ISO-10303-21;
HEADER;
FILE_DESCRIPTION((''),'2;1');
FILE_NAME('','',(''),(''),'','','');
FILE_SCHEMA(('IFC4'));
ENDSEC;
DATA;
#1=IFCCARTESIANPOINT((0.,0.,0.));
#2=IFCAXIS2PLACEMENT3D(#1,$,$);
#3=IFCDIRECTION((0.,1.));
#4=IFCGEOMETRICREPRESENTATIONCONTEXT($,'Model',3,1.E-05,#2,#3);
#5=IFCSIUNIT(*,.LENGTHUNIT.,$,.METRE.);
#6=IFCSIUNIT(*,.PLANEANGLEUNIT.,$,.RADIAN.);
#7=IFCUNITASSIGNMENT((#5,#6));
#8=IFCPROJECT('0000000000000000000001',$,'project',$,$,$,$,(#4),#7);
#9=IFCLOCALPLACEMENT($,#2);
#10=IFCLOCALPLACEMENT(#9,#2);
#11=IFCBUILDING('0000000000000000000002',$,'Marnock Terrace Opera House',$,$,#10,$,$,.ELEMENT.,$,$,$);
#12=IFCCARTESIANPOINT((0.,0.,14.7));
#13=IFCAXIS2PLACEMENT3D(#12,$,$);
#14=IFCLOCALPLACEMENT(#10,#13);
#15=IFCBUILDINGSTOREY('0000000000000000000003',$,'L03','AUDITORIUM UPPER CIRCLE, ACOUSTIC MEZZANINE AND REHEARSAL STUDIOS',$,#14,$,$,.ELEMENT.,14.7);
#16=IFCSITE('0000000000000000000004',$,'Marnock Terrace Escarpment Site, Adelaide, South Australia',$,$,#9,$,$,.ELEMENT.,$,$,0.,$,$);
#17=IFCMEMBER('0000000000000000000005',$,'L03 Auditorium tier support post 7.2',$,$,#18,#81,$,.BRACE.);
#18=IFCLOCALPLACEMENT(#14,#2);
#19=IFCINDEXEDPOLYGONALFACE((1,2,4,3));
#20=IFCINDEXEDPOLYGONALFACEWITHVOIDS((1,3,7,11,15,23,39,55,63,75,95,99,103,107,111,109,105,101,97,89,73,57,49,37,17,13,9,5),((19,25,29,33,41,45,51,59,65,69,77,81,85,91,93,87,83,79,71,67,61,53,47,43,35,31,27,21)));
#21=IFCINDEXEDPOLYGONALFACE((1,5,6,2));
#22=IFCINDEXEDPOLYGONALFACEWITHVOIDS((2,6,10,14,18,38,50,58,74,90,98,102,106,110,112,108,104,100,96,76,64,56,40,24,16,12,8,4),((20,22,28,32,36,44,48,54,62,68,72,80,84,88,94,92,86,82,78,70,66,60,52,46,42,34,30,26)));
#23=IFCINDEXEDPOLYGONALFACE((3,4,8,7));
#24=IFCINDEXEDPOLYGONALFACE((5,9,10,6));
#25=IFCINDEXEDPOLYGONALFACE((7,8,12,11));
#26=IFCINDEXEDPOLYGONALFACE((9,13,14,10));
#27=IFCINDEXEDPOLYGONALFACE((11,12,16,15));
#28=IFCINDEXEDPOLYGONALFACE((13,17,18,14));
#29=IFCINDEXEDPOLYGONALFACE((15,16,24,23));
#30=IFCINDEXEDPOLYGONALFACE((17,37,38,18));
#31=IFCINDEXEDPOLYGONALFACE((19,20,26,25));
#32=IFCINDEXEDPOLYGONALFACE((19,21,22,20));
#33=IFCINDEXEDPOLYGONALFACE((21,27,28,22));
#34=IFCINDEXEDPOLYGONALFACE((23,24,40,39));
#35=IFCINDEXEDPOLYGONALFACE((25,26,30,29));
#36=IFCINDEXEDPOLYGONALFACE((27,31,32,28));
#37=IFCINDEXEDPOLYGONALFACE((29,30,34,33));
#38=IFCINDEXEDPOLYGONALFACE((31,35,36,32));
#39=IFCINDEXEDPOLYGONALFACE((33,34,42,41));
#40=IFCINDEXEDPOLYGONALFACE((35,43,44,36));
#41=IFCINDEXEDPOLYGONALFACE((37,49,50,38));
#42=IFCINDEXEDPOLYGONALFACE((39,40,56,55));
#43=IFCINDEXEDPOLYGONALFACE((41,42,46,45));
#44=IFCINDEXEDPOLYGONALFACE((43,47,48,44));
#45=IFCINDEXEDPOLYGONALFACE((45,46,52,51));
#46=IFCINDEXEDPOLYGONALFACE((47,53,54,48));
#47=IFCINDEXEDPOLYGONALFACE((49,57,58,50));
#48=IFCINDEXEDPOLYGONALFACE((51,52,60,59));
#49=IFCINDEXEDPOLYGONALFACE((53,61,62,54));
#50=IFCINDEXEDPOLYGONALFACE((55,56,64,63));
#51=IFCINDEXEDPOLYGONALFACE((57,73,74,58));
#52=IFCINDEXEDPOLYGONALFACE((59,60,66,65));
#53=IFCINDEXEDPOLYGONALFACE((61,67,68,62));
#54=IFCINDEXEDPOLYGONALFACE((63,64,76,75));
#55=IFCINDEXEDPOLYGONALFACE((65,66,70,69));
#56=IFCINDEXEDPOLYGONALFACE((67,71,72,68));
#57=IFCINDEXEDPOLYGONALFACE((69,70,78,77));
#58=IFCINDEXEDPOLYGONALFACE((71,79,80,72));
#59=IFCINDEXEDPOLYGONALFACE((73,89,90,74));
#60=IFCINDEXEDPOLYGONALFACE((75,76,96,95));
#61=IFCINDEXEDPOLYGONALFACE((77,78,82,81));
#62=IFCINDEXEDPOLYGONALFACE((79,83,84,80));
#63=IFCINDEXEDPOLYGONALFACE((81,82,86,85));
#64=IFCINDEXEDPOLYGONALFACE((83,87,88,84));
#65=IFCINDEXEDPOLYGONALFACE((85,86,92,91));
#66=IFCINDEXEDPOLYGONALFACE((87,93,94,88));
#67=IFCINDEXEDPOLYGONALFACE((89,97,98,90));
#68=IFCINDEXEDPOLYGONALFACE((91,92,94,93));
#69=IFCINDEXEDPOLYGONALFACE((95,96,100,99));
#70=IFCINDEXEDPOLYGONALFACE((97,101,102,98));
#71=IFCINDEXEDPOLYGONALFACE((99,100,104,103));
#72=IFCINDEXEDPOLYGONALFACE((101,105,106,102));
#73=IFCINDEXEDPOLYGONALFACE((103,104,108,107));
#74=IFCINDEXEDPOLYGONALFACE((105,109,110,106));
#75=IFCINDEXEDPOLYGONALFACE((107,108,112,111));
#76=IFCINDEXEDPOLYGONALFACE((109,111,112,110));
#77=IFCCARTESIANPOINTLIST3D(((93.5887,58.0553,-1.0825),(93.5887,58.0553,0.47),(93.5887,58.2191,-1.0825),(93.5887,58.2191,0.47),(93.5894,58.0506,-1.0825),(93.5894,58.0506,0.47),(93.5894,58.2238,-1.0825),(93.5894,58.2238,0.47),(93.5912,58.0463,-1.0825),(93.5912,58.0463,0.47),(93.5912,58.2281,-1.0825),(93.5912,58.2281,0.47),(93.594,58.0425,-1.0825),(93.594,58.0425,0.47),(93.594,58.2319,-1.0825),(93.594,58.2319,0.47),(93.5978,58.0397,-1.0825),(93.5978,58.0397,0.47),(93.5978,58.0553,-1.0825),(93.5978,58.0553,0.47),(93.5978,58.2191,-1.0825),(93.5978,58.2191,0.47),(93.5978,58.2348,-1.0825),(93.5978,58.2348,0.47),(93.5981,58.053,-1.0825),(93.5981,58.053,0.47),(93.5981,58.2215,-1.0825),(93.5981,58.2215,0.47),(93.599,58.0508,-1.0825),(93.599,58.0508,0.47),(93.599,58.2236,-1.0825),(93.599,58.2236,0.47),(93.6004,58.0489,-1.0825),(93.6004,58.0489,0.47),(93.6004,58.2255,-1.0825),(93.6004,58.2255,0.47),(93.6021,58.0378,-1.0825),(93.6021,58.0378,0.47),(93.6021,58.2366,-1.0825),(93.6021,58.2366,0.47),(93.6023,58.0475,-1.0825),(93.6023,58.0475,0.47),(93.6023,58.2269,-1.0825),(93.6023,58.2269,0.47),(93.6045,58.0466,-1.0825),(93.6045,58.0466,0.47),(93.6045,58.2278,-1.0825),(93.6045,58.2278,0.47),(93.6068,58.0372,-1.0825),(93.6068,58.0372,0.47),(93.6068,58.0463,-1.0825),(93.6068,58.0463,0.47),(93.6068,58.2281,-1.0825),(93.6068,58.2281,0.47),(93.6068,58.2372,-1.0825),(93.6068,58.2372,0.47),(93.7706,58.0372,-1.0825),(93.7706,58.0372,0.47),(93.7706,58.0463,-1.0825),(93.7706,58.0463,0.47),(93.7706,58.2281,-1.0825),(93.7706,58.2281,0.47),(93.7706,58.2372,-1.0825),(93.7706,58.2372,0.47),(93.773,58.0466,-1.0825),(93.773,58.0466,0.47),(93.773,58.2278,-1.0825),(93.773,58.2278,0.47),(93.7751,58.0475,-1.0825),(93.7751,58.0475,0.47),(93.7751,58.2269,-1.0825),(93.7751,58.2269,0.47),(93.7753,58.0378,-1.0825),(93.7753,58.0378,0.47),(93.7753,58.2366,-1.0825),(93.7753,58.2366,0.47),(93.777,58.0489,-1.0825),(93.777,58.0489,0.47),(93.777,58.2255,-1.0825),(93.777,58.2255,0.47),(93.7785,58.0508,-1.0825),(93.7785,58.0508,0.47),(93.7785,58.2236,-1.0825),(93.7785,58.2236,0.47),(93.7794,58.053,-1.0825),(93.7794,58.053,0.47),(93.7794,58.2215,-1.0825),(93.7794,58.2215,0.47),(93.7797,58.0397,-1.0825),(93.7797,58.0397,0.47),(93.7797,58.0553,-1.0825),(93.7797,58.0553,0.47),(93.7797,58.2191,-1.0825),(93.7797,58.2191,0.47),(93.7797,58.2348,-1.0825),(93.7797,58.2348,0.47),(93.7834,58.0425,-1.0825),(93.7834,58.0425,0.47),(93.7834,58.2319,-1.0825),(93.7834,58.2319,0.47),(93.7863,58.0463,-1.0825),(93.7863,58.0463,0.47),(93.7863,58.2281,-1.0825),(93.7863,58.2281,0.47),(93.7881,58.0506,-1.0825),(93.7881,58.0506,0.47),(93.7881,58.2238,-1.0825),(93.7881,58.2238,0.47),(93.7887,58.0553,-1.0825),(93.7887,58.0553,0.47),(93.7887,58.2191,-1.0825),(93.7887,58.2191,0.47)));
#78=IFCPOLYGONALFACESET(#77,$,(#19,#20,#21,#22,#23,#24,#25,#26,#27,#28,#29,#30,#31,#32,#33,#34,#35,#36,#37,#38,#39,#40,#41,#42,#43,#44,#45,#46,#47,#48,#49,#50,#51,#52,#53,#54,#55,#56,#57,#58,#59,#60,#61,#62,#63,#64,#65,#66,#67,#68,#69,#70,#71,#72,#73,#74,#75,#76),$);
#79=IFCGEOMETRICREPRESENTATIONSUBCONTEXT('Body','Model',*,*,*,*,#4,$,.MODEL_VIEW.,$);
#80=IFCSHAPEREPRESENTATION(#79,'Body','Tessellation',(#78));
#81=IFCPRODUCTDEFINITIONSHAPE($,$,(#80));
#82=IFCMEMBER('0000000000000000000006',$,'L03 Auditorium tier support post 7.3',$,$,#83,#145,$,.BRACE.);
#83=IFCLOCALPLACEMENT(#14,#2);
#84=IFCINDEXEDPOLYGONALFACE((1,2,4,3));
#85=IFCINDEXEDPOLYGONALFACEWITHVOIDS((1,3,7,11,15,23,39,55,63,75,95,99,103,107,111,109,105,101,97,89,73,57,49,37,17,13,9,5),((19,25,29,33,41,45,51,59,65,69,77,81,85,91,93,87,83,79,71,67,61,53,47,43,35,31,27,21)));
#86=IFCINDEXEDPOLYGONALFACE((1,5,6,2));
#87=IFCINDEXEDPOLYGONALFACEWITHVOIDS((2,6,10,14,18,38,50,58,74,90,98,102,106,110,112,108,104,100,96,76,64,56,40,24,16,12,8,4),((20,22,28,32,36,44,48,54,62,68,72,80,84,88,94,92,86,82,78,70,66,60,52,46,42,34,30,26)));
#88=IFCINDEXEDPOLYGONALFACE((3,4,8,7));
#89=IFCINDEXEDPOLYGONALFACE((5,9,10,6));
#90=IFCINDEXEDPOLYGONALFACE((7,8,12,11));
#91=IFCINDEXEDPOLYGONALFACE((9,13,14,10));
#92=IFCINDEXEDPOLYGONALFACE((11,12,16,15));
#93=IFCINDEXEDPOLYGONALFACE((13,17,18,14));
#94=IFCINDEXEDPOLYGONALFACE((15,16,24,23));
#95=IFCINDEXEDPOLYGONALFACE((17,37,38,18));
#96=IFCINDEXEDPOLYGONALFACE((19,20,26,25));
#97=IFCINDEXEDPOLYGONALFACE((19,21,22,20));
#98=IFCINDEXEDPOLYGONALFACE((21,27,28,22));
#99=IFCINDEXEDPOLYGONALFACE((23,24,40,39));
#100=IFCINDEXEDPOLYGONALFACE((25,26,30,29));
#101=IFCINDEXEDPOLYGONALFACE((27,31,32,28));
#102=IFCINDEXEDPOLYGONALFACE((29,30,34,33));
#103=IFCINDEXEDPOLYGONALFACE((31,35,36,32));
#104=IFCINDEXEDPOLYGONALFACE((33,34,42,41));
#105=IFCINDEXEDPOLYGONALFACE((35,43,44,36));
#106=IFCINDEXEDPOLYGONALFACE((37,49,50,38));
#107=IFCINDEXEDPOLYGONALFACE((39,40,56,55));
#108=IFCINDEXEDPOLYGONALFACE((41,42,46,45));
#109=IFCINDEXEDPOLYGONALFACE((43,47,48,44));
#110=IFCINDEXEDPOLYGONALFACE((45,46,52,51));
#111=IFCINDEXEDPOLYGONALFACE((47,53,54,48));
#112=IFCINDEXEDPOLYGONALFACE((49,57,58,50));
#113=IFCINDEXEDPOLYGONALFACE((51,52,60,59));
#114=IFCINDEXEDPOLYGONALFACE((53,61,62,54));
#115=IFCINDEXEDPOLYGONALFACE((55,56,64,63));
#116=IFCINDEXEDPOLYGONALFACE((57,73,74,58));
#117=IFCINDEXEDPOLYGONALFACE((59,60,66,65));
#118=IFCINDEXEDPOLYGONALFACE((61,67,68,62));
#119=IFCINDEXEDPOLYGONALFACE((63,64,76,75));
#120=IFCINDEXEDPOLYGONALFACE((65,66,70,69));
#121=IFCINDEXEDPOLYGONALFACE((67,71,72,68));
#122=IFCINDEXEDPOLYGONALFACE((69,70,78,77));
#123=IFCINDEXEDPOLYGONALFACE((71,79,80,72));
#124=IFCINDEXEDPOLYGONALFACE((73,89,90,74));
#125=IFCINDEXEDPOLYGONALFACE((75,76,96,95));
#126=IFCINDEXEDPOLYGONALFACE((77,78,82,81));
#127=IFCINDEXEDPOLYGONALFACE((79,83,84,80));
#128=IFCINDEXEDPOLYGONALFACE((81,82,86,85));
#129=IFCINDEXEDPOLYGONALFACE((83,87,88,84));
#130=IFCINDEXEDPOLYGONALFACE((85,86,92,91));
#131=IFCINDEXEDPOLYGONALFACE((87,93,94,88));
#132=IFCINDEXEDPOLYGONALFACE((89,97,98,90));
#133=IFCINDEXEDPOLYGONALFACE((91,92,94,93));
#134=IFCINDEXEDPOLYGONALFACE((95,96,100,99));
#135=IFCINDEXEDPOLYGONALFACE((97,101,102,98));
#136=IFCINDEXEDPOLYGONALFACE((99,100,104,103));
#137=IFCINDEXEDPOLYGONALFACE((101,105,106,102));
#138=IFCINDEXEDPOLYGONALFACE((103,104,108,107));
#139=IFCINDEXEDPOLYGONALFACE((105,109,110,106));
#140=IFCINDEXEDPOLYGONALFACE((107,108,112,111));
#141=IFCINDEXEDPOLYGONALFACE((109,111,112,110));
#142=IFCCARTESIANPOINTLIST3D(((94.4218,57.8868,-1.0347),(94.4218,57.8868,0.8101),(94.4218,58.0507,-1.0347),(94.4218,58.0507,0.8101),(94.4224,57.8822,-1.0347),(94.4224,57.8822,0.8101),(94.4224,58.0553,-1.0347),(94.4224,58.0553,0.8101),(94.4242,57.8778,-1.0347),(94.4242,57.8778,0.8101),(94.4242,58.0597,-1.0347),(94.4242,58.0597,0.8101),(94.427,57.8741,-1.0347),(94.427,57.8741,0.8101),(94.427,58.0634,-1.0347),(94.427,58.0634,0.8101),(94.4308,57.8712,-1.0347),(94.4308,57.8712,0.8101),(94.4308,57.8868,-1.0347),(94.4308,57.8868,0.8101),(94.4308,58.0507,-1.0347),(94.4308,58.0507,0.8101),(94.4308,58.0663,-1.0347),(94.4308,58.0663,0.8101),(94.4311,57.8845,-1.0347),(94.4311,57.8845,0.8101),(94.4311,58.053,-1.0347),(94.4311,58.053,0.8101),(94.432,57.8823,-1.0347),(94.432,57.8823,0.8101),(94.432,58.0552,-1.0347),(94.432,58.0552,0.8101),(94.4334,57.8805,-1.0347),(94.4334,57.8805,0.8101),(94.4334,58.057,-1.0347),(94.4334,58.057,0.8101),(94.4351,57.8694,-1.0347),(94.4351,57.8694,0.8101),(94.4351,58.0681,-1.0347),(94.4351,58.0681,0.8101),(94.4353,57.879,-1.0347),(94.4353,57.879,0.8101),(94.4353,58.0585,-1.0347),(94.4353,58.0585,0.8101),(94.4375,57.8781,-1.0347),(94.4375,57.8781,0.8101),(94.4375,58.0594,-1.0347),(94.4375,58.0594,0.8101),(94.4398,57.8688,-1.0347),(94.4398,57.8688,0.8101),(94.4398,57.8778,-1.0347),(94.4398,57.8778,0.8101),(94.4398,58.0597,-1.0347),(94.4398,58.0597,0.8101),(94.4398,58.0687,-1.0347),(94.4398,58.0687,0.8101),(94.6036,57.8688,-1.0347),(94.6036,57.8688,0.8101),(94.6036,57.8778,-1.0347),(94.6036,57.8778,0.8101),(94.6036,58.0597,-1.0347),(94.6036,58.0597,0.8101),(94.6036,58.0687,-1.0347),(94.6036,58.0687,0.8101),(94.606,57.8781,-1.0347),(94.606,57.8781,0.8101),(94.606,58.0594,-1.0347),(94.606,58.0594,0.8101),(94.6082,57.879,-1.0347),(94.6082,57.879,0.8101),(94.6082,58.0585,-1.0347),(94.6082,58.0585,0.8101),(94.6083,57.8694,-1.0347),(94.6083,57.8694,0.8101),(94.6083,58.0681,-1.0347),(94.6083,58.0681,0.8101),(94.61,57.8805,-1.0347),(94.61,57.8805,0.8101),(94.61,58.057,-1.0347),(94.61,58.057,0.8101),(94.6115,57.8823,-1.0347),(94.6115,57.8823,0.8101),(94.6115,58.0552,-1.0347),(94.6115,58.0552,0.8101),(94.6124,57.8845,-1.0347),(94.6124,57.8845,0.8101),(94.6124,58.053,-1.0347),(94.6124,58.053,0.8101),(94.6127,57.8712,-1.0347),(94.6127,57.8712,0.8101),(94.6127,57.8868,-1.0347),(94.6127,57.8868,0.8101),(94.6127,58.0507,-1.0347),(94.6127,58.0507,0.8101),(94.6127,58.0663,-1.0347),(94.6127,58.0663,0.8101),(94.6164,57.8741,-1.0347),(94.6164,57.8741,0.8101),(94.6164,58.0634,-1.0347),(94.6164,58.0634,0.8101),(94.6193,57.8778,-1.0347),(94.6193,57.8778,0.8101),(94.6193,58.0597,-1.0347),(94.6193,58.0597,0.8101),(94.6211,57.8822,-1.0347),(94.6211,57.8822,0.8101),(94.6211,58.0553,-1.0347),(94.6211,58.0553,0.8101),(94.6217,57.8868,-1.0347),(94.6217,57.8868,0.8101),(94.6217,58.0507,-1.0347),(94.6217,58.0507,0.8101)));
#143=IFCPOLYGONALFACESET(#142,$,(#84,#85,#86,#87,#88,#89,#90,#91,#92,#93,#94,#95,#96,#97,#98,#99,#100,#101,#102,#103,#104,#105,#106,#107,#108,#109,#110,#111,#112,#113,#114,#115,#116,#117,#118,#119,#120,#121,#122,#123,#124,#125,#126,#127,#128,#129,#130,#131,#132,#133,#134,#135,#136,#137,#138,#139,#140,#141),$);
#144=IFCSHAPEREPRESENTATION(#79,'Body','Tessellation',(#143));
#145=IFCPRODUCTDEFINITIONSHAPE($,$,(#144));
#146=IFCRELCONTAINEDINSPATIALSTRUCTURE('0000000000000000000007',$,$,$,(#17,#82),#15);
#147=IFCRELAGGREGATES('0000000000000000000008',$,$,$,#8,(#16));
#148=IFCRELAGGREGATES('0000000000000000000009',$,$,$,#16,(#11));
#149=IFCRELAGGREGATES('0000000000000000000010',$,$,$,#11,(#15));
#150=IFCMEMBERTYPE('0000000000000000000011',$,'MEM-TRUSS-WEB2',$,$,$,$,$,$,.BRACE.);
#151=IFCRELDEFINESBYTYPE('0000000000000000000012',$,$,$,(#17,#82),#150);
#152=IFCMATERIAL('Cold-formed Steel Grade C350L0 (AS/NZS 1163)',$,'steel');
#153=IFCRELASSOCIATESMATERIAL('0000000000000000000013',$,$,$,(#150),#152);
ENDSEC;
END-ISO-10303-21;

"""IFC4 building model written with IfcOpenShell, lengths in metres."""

from ifc_helpers import new_model, si_unit, direction, frame, origin, origin_2d, place, context, subcontext, project, spatial, hollow_rectangle, extrude, material, material_profile, profile_set, type_object, element, save


model = new_model("IFC4")

# Units and contexts
model_context = context("Model", 3, precision=1e-05, world=origin(), true_north=direction((0.0, 1.0)))
body_context = subcontext(model_context, "Body", "Model", "MODEL_VIEW")
ifc_project = project(units=[si_unit("LENGTHUNIT", "METRE"), si_unit("PLANEANGLEUNIT", "RADIAN")], contexts=[model_context])

# Site, building, storey
site_placement = place(None, origin())
site = spatial("IfcSite", under=ifc_project, at=site_placement, Name="Marnock Terrace Escarpment Site, Adelaide, South Australia", CompositionType="ELEMENT", RefElevation=0.0)
building_placement = place(site_placement, origin())
building = spatial("IfcBuilding", under=site, at=building_placement, Name="Marnock Terrace Opera House", CompositionType="ELEMENT")
storey_placement = place(building_placement, frame((0.0, 0.0, 14.7)))
storey = spatial("IfcBuildingStorey", under=building, at=storey_placement, Name="L03", Description="AUDITORIUM UPPER CIRCLE, ACOUSTIC MEZZANINE AND REHEARSAL STUDIOS", CompositionType="ELEMENT", Elevation=14.7)

# Members
ifc_material_1 = material(Name="Cold-formed Steel Grade C350L0 (AS/NZS 1163)", Category="steel")
ifc_material_profile_1 = material_profile(ifc_material_1, hollow_rectangle(XDim=0.2, YDim=0.2, WallThickness=0.009, InnerFilletRadius=0.009, OuterFilletRadius=0.0181, at=origin_2d()))
ifc_profile_set_1 = profile_set([ifc_material_profile_1], Name="Cold-formed Steel Grade C350L0 (AS/NZS 1163)")
member_type = type_object("IfcMemberType", Name="MEM-TRUSS-WEB2", PredefinedType="BRACE", material=ifc_profile_set_1)
member_1_placement = place(storey_placement, frame((93.6887, 58.1372, -1.0825), z_axis=(0.0, 0.0, 1.0), x_axis=(1.0, 0.0, 0.0)))
element("IfcMember", 1, at=member_1_placement, inside=storey, type_object=member_type, Name="L03 Auditorium tier support post 7.2", PredefinedType="BRACE", context=body_context, shape_type="SweptSolid", body=[
    extrude(hollow_rectangle(XDim=0.2, YDim=0.2, WallThickness=0.009, InnerFilletRadius=0.009, OuterFilletRadius=0.0181, at=origin_2d()), origin(), (0.0, 0.0, 1.0), 1.5525),
])
member_2_placement = place(storey_placement, frame((94.5217, 57.9688, -1.0347), z_axis=(0.0, 0.0, 1.0), x_axis=(1.0, 0.0, 0.0)))
element("IfcMember", 2, at=member_2_placement, inside=storey, type_object=member_type, Name="L03 Auditorium tier support post 7.3", PredefinedType="BRACE", context=body_context, shape_type="SweptSolid", body=[
    extrude(hollow_rectangle(XDim=0.2, YDim=0.2, WallThickness=0.009, InnerFilletRadius=0.009, OuterFilletRadius=0.0181, at=origin_2d()), origin(), (0.0, 0.0, 1.0), 1.8447),
])

save(model, "model.ifc")
